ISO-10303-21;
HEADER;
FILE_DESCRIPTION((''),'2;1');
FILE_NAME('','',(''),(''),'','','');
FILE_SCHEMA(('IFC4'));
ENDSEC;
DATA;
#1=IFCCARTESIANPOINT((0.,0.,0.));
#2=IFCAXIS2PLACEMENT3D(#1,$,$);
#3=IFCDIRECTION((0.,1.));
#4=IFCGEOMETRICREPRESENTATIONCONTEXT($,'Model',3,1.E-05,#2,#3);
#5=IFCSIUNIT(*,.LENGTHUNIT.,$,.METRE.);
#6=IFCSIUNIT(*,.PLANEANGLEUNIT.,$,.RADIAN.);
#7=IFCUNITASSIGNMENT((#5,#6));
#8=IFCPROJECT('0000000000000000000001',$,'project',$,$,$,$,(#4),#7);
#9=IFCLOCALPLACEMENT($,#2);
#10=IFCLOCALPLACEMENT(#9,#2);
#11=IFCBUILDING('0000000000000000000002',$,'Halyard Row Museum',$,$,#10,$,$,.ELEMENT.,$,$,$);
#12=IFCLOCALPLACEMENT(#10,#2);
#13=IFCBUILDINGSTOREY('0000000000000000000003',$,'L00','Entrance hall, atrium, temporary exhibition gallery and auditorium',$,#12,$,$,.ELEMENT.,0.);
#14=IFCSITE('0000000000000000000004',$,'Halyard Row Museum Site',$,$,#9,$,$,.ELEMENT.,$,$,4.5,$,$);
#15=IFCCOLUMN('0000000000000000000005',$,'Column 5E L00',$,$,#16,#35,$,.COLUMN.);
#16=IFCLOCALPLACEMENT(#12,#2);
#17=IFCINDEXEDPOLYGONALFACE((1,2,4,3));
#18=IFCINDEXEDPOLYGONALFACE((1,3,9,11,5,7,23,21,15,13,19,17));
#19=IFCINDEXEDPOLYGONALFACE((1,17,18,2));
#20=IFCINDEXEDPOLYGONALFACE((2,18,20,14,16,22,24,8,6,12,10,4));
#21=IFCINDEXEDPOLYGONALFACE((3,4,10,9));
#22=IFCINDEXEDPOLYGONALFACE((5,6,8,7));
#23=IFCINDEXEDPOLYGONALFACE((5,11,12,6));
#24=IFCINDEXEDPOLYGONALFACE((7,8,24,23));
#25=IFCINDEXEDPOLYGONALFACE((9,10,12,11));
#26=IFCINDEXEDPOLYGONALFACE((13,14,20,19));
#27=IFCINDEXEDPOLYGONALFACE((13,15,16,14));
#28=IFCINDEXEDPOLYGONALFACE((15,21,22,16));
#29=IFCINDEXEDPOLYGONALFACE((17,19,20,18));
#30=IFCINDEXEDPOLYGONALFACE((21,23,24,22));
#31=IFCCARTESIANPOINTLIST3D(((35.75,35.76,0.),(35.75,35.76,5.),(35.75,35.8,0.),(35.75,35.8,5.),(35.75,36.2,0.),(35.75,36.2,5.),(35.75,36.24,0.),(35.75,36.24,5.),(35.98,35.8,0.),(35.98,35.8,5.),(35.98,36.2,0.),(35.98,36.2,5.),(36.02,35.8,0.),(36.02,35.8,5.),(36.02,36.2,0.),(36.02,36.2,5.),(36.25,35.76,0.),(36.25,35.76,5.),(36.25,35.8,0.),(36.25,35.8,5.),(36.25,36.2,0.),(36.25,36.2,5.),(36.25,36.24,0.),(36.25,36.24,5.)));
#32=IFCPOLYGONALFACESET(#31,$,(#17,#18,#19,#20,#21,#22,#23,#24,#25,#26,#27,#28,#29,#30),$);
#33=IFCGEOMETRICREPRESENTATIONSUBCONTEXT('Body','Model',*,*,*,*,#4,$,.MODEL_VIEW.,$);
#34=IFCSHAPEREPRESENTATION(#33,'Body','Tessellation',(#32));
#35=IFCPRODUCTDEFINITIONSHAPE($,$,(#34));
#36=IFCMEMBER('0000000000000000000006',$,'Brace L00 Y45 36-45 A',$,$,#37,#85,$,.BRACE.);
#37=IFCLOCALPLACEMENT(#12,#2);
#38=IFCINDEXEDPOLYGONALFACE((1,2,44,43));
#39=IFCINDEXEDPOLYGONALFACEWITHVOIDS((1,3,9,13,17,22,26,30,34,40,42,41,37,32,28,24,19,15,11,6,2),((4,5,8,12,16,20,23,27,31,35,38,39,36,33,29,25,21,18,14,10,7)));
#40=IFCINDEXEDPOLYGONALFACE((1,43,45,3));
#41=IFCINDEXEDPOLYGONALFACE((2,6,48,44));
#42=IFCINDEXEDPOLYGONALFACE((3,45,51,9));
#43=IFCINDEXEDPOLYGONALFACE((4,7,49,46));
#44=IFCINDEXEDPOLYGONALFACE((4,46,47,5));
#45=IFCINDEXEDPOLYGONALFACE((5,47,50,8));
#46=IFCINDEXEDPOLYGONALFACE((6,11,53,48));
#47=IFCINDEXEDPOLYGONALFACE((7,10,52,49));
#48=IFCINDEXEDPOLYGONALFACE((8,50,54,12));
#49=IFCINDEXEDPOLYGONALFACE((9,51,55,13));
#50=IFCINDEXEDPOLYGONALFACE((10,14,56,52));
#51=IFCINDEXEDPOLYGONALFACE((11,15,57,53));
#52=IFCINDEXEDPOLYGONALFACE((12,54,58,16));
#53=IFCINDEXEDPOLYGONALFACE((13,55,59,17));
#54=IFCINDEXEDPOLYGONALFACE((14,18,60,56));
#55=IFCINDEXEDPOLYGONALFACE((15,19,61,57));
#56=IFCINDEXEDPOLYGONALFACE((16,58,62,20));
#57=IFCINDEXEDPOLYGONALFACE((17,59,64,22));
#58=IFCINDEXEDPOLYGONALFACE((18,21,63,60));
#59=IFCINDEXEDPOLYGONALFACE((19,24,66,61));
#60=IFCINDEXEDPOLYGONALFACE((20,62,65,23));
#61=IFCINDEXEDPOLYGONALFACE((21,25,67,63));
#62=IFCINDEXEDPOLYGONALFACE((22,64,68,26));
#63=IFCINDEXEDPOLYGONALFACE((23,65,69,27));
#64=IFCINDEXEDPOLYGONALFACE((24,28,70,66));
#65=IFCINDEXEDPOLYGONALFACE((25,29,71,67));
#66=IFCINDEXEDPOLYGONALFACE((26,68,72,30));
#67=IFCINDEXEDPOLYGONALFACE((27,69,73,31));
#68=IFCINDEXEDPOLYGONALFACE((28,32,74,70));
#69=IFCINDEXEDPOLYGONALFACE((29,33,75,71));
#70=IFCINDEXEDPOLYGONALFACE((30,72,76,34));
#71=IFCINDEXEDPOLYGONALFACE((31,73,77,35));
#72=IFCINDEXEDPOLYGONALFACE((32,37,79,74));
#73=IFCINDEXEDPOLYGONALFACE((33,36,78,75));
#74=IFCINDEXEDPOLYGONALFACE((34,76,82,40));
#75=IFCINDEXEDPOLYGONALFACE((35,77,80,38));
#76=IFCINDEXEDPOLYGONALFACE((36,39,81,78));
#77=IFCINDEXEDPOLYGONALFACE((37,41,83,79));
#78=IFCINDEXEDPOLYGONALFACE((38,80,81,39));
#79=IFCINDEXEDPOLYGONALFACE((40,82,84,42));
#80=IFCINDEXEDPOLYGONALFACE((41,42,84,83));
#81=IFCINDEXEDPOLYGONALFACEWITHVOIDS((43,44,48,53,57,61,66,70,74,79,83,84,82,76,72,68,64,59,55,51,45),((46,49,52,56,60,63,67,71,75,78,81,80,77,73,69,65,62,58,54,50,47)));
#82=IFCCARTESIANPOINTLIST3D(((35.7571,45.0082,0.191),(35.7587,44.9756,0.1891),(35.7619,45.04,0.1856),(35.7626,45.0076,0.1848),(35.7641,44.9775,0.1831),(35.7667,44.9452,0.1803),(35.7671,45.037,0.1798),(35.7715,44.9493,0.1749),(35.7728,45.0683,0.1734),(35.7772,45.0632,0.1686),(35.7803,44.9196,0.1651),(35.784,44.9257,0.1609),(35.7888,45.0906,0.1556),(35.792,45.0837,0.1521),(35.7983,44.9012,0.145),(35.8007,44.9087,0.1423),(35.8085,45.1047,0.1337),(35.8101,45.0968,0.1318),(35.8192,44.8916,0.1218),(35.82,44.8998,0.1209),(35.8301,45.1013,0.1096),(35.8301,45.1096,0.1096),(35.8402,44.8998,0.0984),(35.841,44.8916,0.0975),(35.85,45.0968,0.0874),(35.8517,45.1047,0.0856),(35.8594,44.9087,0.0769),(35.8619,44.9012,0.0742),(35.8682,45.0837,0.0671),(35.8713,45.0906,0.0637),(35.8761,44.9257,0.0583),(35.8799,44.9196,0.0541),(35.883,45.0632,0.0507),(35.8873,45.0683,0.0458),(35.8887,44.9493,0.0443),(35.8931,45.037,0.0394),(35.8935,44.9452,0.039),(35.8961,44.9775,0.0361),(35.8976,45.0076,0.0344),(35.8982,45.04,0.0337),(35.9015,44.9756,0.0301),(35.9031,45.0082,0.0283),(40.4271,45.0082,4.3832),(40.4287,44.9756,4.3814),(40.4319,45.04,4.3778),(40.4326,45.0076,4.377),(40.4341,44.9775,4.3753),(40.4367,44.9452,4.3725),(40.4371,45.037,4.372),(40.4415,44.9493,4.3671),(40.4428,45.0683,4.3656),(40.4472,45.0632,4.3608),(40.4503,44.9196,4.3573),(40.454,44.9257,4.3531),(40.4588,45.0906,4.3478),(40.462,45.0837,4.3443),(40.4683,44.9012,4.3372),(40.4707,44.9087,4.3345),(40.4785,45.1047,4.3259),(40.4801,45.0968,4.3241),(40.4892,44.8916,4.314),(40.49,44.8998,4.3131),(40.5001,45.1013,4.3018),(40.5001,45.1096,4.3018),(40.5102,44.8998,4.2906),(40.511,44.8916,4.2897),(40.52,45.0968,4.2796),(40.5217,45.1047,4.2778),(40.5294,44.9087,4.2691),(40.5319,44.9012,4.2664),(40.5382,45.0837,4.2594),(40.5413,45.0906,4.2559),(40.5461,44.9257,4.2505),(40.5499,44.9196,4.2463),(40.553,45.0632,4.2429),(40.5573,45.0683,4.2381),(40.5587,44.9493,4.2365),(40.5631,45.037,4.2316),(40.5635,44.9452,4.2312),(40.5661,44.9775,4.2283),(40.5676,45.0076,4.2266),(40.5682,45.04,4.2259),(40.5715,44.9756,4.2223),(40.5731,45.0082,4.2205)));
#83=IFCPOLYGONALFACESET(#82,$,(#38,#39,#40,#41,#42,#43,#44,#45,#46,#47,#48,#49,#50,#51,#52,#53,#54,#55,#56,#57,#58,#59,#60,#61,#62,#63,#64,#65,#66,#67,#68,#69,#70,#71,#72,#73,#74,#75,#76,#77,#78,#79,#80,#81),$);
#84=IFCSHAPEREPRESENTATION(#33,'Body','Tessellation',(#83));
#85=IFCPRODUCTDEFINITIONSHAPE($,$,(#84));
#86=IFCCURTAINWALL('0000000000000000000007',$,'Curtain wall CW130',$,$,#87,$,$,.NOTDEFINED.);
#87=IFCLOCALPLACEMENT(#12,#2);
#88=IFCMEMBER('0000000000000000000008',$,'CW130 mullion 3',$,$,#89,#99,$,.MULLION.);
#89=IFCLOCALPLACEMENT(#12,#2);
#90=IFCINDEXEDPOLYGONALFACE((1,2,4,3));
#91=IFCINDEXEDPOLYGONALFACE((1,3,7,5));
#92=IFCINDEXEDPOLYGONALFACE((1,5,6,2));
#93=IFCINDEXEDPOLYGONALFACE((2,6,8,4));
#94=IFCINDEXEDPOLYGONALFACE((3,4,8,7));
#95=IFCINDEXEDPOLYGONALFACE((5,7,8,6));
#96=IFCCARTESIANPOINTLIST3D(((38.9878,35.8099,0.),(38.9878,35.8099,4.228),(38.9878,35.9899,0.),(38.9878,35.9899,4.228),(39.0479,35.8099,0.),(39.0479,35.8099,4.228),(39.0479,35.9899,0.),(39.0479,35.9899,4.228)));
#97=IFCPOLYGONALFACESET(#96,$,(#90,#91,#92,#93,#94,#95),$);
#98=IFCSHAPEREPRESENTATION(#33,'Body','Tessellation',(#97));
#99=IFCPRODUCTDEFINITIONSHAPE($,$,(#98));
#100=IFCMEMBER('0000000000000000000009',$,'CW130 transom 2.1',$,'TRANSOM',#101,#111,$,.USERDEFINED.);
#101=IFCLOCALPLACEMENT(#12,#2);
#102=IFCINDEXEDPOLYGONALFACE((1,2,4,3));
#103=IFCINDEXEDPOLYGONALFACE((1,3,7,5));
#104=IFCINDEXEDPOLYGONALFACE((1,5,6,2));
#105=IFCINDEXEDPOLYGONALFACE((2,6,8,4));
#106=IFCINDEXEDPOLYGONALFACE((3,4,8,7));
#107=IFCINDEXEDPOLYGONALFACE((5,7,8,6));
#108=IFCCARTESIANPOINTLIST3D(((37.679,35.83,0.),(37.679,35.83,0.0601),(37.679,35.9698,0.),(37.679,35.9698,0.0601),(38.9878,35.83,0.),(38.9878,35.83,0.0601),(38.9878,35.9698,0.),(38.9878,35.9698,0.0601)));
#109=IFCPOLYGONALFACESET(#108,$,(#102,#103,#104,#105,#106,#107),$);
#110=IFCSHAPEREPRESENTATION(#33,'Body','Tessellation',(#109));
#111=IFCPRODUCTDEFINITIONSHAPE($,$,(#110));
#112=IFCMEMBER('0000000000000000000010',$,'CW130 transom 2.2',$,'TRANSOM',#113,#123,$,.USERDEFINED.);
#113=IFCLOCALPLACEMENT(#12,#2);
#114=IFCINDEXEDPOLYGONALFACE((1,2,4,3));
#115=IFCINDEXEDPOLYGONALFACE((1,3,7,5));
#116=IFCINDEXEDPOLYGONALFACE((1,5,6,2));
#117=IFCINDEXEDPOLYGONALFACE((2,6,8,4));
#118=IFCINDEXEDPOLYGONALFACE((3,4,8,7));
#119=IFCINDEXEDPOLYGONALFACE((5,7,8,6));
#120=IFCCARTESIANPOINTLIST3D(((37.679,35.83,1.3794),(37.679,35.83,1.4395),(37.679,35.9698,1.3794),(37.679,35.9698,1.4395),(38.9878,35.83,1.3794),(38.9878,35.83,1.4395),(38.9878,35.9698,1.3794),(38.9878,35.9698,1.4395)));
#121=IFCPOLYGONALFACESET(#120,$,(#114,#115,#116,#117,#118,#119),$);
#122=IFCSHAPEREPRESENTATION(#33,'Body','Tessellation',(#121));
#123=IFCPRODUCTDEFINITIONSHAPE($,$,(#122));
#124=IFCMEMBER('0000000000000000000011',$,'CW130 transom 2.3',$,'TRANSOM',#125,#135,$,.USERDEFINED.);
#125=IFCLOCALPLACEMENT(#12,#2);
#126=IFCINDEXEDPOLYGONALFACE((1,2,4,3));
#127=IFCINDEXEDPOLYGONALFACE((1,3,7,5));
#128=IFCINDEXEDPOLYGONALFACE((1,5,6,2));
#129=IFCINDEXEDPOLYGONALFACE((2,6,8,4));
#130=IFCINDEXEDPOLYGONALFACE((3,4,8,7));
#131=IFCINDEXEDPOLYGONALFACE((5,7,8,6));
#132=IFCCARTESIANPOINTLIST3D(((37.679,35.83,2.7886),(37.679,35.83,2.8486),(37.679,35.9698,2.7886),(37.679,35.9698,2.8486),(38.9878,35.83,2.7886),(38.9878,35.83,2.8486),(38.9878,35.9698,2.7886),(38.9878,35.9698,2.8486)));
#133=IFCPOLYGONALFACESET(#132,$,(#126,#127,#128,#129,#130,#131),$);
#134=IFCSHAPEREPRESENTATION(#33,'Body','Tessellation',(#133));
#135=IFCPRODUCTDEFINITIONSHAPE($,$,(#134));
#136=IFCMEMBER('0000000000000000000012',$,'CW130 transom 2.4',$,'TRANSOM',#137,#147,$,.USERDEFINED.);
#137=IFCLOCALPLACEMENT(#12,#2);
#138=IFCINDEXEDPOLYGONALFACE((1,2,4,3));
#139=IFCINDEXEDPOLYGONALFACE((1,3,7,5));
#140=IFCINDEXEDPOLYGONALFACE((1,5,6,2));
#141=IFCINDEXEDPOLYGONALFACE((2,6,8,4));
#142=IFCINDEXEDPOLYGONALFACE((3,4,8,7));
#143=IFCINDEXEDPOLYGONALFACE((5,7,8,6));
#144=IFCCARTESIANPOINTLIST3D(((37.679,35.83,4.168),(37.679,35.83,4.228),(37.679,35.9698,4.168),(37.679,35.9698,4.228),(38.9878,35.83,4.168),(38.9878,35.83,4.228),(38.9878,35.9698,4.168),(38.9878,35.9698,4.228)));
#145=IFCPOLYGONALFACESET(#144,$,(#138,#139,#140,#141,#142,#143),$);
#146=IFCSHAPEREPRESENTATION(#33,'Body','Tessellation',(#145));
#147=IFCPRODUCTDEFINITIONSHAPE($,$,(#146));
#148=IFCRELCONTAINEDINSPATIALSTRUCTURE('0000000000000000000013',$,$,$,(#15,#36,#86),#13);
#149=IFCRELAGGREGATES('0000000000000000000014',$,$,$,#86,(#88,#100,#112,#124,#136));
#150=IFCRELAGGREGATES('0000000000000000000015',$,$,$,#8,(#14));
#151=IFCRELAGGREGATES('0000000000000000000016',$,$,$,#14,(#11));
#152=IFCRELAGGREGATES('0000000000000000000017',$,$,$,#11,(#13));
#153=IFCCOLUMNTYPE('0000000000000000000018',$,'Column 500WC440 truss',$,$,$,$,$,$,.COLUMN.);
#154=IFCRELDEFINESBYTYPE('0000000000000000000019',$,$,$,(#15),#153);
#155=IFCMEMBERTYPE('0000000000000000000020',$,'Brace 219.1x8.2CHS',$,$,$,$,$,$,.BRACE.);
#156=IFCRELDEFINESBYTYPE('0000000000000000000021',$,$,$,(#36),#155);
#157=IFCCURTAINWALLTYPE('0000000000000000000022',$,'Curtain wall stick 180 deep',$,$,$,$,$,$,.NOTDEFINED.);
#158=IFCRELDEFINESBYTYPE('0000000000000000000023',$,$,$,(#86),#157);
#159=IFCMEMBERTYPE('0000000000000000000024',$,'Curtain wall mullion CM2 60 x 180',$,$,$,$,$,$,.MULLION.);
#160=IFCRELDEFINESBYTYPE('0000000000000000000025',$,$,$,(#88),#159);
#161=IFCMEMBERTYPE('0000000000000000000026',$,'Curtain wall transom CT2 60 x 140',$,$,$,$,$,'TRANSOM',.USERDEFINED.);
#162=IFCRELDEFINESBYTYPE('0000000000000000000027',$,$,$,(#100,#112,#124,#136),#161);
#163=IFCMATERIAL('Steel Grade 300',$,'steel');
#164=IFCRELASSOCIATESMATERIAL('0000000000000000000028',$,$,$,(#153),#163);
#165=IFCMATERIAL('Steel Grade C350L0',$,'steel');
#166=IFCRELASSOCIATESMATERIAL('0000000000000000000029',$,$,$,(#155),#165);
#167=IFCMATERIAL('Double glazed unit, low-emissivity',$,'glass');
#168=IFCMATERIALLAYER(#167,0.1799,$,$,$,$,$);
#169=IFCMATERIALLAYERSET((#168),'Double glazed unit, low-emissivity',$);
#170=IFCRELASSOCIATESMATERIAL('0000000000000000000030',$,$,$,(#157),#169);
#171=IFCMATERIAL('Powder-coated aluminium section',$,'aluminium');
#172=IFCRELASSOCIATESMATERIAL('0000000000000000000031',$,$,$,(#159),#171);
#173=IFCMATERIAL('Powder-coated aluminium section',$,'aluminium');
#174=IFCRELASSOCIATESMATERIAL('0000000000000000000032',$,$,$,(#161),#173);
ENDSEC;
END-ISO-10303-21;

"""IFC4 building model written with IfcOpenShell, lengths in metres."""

from ifc_helpers import new_model, si_unit, direction, frame, origin, origin_2d, place, context, subcontext, project, spatial, rectangle, hollow_circle, i_section, extrude, material, layer, layer_set, material_profile, profile_set, type_object, element, aggregate, save


model = new_model("IFC4")

# Units and contexts
model_context = context("Model", 3, precision=1e-05, world=origin(), true_north=direction((0.0, 1.0)))
body_context = subcontext(model_context, "Body", "Model", "MODEL_VIEW")
ifc_project = project(units=[si_unit("LENGTHUNIT", "METRE"), si_unit("PLANEANGLEUNIT", "RADIAN")], contexts=[model_context])

# Site, building, storey
site_placement = place(None, origin())
site = spatial("IfcSite", under=ifc_project, at=site_placement, Name="Halyard Row Museum Site", CompositionType="ELEMENT", RefElevation=4.5)
building_placement = place(site_placement, origin())
building = spatial("IfcBuilding", under=site, at=building_placement, Name="Halyard Row Museum", CompositionType="ELEMENT")
storey_placement = place(building_placement, origin())
storey = spatial("IfcBuildingStorey", under=building, at=storey_placement, Name="L00", Description="Entrance hall, atrium, temporary exhibition gallery and auditorium", CompositionType="ELEMENT", Elevation=0.0)

# Column
ifc_material_1 = material(Name="Steel Grade 300", Category="steel")
ifc_material_profile_1 = material_profile(ifc_material_1, i_section(OverallWidth=0.5, OverallDepth=0.48, WebThickness=0.04, FlangeThickness=0.04, at=origin_2d()), Name="500WC440")
ifc_profile_set_1 = profile_set([ifc_material_profile_1], Name="Steel Grade 300")
column_type = type_object("IfcColumnType", Name="Column 500WC440 truss", PredefinedType="COLUMN", material=ifc_profile_set_1)
column_placement = place(storey_placement, frame((36.0, 36.0, 0.0), z_axis=(0.0, 0.0, 1.0), x_axis=(1.0, 0.0, 0.0)))
element("IfcColumn", 1, at=column_placement, inside=storey, type_object=column_type, Name="Column 5E L00", PredefinedType="COLUMN", context=body_context, shape_type="SweptSolid", body=[
    extrude(i_section(OverallWidth=0.5, OverallDepth=0.48, WebThickness=0.04, FlangeThickness=0.04, at=origin_2d()), origin(), (0.0, 0.0, 1.0), 5.0),
])

# Member
ifc_material_2 = material(Name="Steel Grade C350L0", Category="steel")
ifc_material_profile_2 = material_profile(ifc_material_2, hollow_circle(Radius=0.1096, WallThickness=0.0083, at=origin_2d()), Name="219.1x8.2CHS")
ifc_profile_set_2 = profile_set([ifc_material_profile_2], Name="Steel Grade C350L0")
member_type_1 = type_object("IfcMemberType", Name="Brace 219.1x8.2CHS", PredefinedType="BRACE", material=ifc_profile_set_2)
member_1_placement = place(storey_placement, frame((35.8301, 45.0, 0.1096), z_axis=(0.744149, 0.0, 0.668014), x_axis=(0.0, 1.0, 0.0)))
element("IfcMember", 2, at=member_1_placement, inside=storey, type_object=member_type_1, Name="Brace L00 Y45 36-45 A", PredefinedType="BRACE", context=body_context, shape_type="SweptSolid", body=[
    extrude(hollow_circle(Radius=0.1096, WallThickness=0.0083, at=origin_2d()), origin(), (0.0, 0.0, 1.0), 6.2756),
])

# Curtain wall, members
ifc_material_3 = material(Name="Double glazed unit, low-emissivity", Category="glass")
ifc_layer_1 = layer(ifc_material_3, 0.1799)
ifc_layer_set_1 = layer_set([ifc_layer_1], Name="Double glazed unit, low-emissivity")
curtain_wall_type = type_object("IfcCurtainWallType", Name="Curtain wall stick 180 deep", PredefinedType="NOTDEFINED", material=ifc_layer_set_1)
curtain_wall_placement = place(storey_placement, origin())
curtain_wall = element("IfcCurtainWall", 3, at=curtain_wall_placement, inside=storey, type_object=curtain_wall_type, Name="Curtain wall CW130", PredefinedType="NOTDEFINED")
ifc_material_4 = material(Name="Powder-coated aluminium section", Category="aluminium")
ifc_material_profile_3 = material_profile(ifc_material_4, rectangle(XDim=0.1799, YDim=0.0601, at=origin_2d()), Name="180x60 mullion")
ifc_profile_set_3 = profile_set([ifc_material_profile_3], Name="Powder-coated aluminium section")
member_type_2 = type_object("IfcMemberType", Name="Curtain wall mullion CM2 60 x 180", PredefinedType="MULLION", material=ifc_profile_set_3)
member_2_placement = place(storey_placement, frame((39.0178, 35.8999, 0.0), z_axis=(0.0, 0.0, 1.0), x_axis=(0.0, 1.0, 0.0)))
member_2 = element("IfcMember", 4, at=member_2_placement, type_object=member_type_2, Name="CW130 mullion 3", PredefinedType="MULLION", context=body_context, shape_type="SweptSolid", body=[
    extrude(rectangle(XDim=0.1799, YDim=0.0601, at=origin_2d()), origin(), (0.0, 0.0, 1.0), 4.228),
])
ifc_material_5 = material(Name="Powder-coated aluminium section", Category="aluminium")
ifc_material_profile_4 = material_profile(ifc_material_5, rectangle(XDim=0.1399, YDim=0.0601, at=origin_2d()), Name="140x60 transom")
ifc_profile_set_4 = profile_set([ifc_material_profile_4], Name="Powder-coated aluminium section")
member_type_3 = type_object("IfcMemberType", Name="Curtain wall transom CT2 60 x 140", ElementType="TRANSOM", PredefinedType="USERDEFINED", material=ifc_profile_set_4)
member_3_placement = place(storey_placement, frame((37.679, 35.8999, 0.03), z_axis=(1.0, 0.0, 0.0), x_axis=(0.0, 1.0, 0.0)))
member_3 = element("IfcMember", 5, at=member_3_placement, type_object=member_type_3, Name="CW130 transom 2.1", ObjectType="TRANSOM", PredefinedType="USERDEFINED", context=body_context, shape_type="SweptSolid", body=[
    extrude(rectangle(XDim=0.1399, YDim=0.0601, at=origin_2d()), origin(), (0.0, 0.0, 1.0), 1.3088),
])
member_4_placement = place(storey_placement, frame((37.679, 35.8999, 1.4094), z_axis=(1.0, 0.0, 0.0), x_axis=(0.0, 1.0, 0.0)))
member_4 = element("IfcMember", 6, at=member_4_placement, type_object=member_type_3, Name="CW130 transom 2.2", ObjectType="TRANSOM", PredefinedType="USERDEFINED", context=body_context, shape_type="SweptSolid", body=[
    extrude(rectangle(XDim=0.1399, YDim=0.0601, at=origin_2d()), origin(), (0.0, 0.0, 1.0), 1.3088),
])
member_5_placement = place(storey_placement, frame((37.679, 35.8999, 2.8186), z_axis=(1.0, 0.0, 0.0), x_axis=(0.0, 1.0, 0.0)))
member_5 = element("IfcMember", 7, at=member_5_placement, type_object=member_type_3, Name="CW130 transom 2.3", ObjectType="TRANSOM", PredefinedType="USERDEFINED", context=body_context, shape_type="SweptSolid", body=[
    extrude(rectangle(XDim=0.1399, YDim=0.0601, at=origin_2d()), origin(), (0.0, 0.0, 1.0), 1.3088),
])
member_6_placement = place(storey_placement, frame((37.679, 35.8999, 4.198), z_axis=(1.0, 0.0, 0.0), x_axis=(0.0, 1.0, 0.0)))
member_6 = element("IfcMember", 8, at=member_6_placement, type_object=member_type_3, Name="CW130 transom 2.4", ObjectType="TRANSOM", PredefinedType="USERDEFINED", context=body_context, shape_type="SweptSolid", body=[
    extrude(rectangle(XDim=0.1399, YDim=0.0601, at=origin_2d()), origin(), (0.0, 0.0, 1.0), 1.3088),
])

aggregate(curtain_wall, [member_2, member_3, member_4, member_5, member_6])

save(model, "model.ifc")
